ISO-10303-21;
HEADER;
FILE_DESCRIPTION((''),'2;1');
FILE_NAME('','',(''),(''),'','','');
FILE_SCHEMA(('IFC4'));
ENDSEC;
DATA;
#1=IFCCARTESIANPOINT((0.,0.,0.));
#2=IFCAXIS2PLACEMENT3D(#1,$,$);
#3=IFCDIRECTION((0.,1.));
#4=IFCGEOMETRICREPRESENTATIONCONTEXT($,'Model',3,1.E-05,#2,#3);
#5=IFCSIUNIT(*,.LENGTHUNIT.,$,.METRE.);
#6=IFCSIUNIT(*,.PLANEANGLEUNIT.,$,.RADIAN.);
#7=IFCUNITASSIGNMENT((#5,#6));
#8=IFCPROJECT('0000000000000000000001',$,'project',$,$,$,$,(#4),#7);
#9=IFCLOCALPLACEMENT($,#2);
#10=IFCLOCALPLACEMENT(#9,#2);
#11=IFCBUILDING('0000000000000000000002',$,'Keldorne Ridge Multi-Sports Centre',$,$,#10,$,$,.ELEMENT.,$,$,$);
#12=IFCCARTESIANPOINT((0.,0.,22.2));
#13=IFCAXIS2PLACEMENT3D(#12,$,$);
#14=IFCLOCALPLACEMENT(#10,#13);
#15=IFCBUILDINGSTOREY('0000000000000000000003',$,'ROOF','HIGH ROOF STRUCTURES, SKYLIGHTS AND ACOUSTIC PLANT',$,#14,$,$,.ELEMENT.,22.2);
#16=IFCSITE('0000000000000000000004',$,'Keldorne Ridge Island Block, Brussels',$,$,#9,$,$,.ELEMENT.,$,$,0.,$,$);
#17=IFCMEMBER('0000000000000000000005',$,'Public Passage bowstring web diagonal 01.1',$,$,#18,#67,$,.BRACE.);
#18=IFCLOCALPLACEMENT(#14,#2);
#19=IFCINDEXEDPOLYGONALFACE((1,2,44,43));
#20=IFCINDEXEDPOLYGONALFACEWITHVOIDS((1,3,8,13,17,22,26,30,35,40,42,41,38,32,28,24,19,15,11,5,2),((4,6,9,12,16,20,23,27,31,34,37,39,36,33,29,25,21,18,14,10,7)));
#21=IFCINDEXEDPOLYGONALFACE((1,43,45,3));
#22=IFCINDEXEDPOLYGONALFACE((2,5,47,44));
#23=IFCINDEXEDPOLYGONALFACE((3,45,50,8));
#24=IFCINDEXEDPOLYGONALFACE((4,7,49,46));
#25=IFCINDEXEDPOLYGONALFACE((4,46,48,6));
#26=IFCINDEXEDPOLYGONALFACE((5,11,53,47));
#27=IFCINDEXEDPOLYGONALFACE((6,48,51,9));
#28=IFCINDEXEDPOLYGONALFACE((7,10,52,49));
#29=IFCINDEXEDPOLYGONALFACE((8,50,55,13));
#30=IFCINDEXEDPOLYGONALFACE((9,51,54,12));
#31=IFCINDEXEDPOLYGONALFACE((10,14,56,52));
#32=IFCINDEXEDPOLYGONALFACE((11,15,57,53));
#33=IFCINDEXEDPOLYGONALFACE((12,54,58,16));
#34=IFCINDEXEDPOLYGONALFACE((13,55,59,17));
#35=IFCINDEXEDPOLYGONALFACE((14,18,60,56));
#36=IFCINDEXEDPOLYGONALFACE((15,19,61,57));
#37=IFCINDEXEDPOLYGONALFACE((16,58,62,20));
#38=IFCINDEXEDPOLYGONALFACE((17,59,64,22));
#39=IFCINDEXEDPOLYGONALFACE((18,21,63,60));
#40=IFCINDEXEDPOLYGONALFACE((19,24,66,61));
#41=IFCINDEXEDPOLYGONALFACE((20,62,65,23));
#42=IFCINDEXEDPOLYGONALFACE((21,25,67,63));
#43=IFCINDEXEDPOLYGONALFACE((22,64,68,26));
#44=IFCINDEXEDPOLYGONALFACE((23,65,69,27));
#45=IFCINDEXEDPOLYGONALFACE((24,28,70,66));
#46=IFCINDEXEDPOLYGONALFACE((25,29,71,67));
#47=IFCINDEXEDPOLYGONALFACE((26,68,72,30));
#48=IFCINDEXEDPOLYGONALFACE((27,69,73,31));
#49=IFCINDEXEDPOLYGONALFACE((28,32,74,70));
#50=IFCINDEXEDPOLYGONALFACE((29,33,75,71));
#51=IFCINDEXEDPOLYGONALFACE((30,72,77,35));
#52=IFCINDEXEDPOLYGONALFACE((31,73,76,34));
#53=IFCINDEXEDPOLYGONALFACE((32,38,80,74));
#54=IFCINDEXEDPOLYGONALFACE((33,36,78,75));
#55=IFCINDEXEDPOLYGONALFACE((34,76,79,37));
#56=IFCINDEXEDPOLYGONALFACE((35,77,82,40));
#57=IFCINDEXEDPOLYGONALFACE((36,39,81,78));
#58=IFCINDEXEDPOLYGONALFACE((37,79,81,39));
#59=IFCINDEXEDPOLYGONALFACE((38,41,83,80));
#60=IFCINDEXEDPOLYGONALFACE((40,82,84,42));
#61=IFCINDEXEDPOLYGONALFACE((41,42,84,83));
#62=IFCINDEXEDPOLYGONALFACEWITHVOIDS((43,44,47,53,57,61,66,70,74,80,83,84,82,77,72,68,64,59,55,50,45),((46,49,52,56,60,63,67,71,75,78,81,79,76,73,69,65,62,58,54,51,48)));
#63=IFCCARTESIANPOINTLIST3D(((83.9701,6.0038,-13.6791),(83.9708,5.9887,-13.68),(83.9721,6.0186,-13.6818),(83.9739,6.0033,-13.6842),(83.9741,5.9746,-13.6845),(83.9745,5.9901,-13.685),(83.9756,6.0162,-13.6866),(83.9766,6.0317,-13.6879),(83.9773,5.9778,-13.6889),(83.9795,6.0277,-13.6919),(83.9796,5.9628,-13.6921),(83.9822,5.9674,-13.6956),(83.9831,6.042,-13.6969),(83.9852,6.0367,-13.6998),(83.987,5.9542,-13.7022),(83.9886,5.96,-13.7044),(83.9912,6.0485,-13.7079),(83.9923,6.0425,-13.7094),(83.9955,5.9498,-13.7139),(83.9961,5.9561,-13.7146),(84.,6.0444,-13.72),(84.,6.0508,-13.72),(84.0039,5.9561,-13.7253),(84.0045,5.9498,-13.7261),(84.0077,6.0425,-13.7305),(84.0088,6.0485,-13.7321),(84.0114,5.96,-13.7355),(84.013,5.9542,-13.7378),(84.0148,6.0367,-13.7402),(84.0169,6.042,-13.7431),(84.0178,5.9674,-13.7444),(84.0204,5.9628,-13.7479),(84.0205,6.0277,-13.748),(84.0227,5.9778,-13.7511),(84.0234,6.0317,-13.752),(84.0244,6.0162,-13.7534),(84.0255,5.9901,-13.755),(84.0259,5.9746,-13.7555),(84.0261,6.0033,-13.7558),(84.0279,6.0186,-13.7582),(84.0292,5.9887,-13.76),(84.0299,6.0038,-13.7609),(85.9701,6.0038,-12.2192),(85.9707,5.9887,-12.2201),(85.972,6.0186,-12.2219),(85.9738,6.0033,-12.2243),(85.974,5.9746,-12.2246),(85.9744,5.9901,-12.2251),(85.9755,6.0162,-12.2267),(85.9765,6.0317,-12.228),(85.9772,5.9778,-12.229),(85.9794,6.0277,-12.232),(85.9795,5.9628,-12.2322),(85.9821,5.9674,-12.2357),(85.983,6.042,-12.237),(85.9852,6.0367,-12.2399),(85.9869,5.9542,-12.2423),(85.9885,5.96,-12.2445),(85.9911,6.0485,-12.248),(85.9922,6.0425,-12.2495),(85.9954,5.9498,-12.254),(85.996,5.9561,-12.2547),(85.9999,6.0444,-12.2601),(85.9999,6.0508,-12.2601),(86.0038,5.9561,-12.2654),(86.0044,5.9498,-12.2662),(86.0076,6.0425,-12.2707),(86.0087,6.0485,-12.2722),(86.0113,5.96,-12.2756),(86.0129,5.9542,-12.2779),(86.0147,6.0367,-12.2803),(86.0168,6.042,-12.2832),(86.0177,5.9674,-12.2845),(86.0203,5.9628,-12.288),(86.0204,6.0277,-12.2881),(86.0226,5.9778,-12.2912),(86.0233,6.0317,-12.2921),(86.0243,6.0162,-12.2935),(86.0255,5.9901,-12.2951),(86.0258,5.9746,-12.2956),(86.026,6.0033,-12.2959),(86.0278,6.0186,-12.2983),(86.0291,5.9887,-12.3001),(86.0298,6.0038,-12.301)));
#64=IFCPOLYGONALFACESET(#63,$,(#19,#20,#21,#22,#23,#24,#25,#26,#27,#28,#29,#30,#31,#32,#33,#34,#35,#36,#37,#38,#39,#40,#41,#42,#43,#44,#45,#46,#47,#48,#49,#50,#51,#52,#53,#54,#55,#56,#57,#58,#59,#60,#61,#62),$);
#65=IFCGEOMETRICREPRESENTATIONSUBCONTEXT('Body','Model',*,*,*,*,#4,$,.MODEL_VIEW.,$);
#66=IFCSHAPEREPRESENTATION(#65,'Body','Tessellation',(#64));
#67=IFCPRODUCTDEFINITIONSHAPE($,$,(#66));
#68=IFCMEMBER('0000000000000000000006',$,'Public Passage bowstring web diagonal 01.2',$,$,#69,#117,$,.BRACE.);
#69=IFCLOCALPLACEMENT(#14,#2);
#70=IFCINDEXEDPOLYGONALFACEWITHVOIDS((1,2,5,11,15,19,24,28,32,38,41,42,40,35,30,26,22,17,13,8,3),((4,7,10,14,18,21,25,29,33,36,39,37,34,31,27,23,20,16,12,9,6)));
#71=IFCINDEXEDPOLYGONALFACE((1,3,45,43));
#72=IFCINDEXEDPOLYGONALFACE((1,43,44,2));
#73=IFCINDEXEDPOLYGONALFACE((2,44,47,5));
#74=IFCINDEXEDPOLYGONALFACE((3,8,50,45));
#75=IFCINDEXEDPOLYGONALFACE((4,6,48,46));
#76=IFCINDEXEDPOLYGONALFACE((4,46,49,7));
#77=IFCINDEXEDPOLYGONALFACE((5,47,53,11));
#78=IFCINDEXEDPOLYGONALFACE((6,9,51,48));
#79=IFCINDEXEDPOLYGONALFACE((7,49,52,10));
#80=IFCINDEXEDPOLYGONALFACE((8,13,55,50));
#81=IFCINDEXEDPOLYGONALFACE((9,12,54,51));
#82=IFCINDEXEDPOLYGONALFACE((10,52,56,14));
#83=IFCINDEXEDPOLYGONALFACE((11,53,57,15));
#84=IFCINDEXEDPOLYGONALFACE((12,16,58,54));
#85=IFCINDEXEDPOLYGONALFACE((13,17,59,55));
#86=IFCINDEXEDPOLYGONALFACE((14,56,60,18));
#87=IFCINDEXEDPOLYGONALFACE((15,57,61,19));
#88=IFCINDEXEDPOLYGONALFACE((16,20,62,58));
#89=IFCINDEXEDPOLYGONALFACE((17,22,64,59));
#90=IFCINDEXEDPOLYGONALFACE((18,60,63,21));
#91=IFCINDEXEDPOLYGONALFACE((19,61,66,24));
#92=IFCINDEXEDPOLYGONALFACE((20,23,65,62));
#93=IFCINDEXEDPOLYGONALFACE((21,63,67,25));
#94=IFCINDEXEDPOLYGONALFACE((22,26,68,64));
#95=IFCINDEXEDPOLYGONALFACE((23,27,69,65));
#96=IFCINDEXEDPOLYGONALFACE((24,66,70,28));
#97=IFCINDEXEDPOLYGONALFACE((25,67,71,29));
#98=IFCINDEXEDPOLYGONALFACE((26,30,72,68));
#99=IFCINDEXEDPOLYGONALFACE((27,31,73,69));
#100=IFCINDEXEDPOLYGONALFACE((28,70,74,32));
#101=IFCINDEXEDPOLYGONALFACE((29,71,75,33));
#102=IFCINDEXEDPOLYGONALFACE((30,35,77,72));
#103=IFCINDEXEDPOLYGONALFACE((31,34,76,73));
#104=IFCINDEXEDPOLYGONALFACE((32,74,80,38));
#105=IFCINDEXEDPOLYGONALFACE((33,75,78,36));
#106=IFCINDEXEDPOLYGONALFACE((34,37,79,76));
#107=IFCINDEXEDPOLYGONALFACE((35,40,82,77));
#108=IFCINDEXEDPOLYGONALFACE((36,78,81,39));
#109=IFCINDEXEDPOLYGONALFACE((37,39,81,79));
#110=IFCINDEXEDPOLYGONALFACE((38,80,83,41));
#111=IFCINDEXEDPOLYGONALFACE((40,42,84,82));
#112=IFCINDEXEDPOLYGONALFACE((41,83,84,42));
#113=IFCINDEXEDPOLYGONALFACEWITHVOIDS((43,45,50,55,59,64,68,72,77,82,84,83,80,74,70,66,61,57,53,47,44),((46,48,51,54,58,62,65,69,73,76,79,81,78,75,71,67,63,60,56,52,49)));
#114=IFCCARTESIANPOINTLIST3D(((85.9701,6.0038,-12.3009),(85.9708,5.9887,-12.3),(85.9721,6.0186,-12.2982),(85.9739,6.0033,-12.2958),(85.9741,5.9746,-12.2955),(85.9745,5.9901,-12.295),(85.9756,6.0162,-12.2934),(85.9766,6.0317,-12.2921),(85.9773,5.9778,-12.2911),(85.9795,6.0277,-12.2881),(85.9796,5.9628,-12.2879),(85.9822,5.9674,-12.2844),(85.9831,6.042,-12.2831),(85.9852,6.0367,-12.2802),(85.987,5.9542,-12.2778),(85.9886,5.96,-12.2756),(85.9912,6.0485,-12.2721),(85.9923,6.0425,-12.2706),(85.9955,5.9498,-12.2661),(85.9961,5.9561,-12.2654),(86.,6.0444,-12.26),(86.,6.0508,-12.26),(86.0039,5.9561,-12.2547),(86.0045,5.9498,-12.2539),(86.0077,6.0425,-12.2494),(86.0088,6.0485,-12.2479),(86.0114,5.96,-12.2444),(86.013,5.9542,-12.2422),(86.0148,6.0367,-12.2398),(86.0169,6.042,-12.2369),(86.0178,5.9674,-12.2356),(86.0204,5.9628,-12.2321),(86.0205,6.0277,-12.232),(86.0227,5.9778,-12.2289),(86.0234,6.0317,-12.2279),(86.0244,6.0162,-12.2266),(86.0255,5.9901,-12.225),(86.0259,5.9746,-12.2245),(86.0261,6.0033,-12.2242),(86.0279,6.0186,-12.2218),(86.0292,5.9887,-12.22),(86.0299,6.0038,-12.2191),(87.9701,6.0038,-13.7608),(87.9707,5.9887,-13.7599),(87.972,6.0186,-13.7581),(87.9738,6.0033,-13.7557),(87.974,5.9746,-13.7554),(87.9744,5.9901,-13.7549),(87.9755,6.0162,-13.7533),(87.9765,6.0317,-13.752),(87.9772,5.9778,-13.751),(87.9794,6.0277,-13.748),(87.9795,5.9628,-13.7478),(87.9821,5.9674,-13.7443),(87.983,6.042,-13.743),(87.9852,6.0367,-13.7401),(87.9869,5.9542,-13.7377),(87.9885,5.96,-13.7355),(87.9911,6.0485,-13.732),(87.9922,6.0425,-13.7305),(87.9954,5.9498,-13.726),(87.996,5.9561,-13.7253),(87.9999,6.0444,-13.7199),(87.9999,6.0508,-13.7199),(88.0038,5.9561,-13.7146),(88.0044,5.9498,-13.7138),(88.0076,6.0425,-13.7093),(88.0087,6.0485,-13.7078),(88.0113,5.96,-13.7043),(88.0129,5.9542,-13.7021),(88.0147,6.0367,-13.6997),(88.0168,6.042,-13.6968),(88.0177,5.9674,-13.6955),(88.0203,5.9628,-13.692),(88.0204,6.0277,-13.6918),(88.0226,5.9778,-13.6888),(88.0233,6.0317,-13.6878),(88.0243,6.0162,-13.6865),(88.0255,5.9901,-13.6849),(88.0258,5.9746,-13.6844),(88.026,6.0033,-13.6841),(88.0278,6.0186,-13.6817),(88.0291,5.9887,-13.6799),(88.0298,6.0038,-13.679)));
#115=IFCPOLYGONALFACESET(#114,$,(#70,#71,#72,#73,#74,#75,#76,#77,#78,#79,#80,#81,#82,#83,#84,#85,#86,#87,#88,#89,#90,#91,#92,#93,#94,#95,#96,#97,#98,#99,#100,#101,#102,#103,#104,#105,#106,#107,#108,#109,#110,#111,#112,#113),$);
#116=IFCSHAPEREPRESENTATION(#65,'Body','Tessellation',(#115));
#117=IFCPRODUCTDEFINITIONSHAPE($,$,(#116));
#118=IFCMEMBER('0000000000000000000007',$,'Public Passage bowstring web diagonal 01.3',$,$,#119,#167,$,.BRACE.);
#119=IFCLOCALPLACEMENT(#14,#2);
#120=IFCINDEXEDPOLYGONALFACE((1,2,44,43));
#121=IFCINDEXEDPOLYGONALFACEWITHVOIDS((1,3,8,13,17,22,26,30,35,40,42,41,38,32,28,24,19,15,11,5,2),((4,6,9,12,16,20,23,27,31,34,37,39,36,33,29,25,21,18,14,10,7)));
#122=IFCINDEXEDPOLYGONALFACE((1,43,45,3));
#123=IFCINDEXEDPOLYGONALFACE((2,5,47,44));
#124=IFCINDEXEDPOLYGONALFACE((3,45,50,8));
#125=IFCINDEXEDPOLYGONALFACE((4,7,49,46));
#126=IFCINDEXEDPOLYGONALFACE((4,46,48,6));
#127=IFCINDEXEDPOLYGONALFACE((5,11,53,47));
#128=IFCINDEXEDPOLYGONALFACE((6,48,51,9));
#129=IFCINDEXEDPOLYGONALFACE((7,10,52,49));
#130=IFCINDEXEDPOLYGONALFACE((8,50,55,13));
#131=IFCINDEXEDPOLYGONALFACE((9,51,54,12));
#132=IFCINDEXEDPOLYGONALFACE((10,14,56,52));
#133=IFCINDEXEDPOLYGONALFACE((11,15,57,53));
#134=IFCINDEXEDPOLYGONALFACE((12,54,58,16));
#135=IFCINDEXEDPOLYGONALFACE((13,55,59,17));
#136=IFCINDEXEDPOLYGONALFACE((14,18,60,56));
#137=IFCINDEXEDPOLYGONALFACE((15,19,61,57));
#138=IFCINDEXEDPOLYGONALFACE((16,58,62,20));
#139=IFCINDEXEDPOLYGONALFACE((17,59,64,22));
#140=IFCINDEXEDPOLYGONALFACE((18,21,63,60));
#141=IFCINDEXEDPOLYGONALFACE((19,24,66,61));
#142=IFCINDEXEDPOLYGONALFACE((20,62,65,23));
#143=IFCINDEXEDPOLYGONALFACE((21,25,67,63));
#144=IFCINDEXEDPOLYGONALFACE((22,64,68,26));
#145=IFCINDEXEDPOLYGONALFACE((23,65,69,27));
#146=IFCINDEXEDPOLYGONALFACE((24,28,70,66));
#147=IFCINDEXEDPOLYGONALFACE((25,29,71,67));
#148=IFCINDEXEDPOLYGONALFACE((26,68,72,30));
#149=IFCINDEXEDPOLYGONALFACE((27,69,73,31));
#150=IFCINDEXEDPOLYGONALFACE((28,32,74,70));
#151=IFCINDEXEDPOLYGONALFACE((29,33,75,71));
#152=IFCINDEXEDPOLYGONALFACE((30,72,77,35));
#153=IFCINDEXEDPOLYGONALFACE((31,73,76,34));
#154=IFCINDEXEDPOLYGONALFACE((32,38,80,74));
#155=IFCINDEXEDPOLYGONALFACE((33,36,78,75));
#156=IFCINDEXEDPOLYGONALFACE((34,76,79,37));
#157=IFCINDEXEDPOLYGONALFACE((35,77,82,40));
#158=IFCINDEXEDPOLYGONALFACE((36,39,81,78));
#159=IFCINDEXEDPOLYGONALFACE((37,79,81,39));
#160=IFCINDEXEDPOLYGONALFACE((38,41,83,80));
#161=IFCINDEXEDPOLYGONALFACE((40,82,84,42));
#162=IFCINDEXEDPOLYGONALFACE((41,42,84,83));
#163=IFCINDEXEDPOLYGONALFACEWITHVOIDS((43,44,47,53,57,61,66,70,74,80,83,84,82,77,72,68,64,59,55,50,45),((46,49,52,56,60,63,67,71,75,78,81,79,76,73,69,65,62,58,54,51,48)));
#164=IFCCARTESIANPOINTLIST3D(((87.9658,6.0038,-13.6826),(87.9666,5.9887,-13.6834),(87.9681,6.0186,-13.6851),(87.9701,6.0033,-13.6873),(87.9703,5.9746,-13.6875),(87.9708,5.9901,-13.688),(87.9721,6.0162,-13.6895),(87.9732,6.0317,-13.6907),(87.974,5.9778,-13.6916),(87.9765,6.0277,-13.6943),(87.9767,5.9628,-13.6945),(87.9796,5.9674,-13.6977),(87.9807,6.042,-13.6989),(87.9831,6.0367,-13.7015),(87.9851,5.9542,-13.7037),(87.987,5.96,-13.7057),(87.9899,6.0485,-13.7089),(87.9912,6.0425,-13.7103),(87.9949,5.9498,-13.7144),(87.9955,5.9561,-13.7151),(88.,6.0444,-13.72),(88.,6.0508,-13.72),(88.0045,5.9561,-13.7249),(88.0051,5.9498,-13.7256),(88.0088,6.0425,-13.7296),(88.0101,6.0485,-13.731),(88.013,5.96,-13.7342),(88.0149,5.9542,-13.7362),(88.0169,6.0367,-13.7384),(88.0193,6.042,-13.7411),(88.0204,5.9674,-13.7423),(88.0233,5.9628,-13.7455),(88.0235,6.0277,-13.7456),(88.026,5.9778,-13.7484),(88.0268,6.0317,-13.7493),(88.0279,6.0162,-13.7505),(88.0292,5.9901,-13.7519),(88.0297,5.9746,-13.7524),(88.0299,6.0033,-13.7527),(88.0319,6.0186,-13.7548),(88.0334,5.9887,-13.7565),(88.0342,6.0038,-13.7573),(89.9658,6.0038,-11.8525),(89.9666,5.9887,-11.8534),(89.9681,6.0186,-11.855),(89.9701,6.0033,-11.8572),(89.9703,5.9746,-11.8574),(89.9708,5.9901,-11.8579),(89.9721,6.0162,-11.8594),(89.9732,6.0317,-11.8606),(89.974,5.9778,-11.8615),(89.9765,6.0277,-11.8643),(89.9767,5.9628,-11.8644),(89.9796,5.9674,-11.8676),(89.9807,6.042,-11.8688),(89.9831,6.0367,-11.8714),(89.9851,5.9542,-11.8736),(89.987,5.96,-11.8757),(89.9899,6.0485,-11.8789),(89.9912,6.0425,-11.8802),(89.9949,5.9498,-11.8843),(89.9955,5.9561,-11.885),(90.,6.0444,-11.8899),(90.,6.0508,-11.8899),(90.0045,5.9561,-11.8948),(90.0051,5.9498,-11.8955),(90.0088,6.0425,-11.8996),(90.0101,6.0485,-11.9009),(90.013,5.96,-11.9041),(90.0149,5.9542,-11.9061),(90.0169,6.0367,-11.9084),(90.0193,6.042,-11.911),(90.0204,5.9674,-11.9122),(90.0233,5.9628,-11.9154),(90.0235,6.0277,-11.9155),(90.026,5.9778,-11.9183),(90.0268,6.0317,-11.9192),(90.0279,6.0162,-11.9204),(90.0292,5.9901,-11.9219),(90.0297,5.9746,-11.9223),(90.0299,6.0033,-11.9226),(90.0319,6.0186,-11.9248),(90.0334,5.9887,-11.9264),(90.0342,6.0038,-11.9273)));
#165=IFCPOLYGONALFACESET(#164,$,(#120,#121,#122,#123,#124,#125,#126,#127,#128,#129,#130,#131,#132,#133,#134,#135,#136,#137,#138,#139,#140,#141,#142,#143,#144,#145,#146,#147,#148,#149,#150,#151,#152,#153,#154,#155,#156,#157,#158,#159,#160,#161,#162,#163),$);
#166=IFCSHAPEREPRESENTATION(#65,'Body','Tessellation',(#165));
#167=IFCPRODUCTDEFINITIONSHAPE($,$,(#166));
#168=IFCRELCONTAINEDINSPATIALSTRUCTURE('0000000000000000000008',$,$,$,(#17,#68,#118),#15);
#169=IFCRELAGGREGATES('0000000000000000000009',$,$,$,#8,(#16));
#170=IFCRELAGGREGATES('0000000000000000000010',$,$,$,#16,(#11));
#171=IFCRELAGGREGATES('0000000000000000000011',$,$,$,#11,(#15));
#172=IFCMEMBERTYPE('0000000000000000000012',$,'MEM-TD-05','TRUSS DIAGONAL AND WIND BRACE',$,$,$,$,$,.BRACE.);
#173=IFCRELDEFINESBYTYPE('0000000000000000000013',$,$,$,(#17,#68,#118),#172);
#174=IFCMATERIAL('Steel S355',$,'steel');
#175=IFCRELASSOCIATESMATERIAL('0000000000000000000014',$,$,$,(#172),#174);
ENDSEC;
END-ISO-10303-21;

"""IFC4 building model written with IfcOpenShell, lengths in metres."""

from ifc_helpers import new_model, si_unit, direction, frame, origin, origin_2d, place, context, subcontext, project, spatial, hollow_circle, extrude, material, material_profile, profile_set, type_object, element, save


model = new_model("IFC4")

# Units and contexts
model_context = context("Model", 3, precision=1e-05, world=origin(), true_north=direction((0.0, 1.0)))
body_context = subcontext(model_context, "Body", "Model", "MODEL_VIEW")
ifc_project = project(units=[si_unit("LENGTHUNIT", "METRE"), si_unit("PLANEANGLEUNIT", "RADIAN")], contexts=[model_context])

# Site, building, storey
site_placement = place(None, origin())
site = spatial("IfcSite", under=ifc_project, at=site_placement, Name="Keldorne Ridge Island Block, Brussels", CompositionType="ELEMENT", RefElevation=0.0)
building_placement = place(site_placement, origin())
building = spatial("IfcBuilding", under=site, at=building_placement, Name="Keldorne Ridge Multi-Sports Centre", CompositionType="ELEMENT")
storey_placement = place(building_placement, frame((0.0, 0.0, 22.2)))
storey = spatial("IfcBuildingStorey", under=building, at=storey_placement, Name="ROOF", Description="HIGH ROOF STRUCTURES, SKYLIGHTS AND ACOUSTIC PLANT", CompositionType="ELEMENT", Elevation=22.2)

# Members
ifc_material = material(Name="Steel S355", Category="steel")
ifc_material_profile_1 = material_profile(ifc_material, hollow_circle(Radius=0.0508, WallThickness=0.0063, at=origin_2d()), Name="CHS 101.6x6.3")
ifc_profile_set_1 = profile_set([ifc_material_profile_1], Name="Steel S355")
member_type_1 = type_object("IfcMemberType", Name="MEM-TD-05", Description="TRUSS DIAGONAL AND WIND BRACE", PredefinedType="BRACE", material=ifc_profile_set_1)
for number, where, z_axis, x_axis, name in (
    (1, (84.0, 6.0, -13.72), (0.807695, 0.0, 0.589601), (0.0, 1.0, 0.0), "Public Passage bowstring web diagonal 01.1"),
    (2, (86.0, 6.0, -12.26), (0.807695, 0.0, -0.589601), (0.0, 1.0, 0.0), "Public Passage bowstring web diagonal 01.2"),
):
    element("IfcMember", number, at=place(storey_placement, frame(where, z_axis=z_axis, x_axis=x_axis)), inside=storey, type_object=member_type_1, Name=name, PredefinedType="BRACE", context=body_context, shape_type="SweptSolid", body=[
        extrude(hollow_circle(Radius=0.0508, WallThickness=0.0063, at=origin_2d()), origin(), (0.0, 0.0, 1.0), 2.4761),
    ])
member_1_placement = place(storey_placement, frame((88.0, 6.0, -13.72), z_axis=(0.737752, 0.0, 0.675072), x_axis=(0.0, 1.0, 0.0)))
element("IfcMember", 3, at=member_1_placement, inside=storey, type_object=member_type_1, Name="Public Passage bowstring web diagonal 01.3", PredefinedType="BRACE", context=body_context, shape_type="SweptSolid", body=[
    extrude(hollow_circle(Radius=0.0508, WallThickness=0.0063, at=origin_2d()), origin(), (0.0, 0.0, 1.0), 2.7109),
])

save(model, "model.ifc")
